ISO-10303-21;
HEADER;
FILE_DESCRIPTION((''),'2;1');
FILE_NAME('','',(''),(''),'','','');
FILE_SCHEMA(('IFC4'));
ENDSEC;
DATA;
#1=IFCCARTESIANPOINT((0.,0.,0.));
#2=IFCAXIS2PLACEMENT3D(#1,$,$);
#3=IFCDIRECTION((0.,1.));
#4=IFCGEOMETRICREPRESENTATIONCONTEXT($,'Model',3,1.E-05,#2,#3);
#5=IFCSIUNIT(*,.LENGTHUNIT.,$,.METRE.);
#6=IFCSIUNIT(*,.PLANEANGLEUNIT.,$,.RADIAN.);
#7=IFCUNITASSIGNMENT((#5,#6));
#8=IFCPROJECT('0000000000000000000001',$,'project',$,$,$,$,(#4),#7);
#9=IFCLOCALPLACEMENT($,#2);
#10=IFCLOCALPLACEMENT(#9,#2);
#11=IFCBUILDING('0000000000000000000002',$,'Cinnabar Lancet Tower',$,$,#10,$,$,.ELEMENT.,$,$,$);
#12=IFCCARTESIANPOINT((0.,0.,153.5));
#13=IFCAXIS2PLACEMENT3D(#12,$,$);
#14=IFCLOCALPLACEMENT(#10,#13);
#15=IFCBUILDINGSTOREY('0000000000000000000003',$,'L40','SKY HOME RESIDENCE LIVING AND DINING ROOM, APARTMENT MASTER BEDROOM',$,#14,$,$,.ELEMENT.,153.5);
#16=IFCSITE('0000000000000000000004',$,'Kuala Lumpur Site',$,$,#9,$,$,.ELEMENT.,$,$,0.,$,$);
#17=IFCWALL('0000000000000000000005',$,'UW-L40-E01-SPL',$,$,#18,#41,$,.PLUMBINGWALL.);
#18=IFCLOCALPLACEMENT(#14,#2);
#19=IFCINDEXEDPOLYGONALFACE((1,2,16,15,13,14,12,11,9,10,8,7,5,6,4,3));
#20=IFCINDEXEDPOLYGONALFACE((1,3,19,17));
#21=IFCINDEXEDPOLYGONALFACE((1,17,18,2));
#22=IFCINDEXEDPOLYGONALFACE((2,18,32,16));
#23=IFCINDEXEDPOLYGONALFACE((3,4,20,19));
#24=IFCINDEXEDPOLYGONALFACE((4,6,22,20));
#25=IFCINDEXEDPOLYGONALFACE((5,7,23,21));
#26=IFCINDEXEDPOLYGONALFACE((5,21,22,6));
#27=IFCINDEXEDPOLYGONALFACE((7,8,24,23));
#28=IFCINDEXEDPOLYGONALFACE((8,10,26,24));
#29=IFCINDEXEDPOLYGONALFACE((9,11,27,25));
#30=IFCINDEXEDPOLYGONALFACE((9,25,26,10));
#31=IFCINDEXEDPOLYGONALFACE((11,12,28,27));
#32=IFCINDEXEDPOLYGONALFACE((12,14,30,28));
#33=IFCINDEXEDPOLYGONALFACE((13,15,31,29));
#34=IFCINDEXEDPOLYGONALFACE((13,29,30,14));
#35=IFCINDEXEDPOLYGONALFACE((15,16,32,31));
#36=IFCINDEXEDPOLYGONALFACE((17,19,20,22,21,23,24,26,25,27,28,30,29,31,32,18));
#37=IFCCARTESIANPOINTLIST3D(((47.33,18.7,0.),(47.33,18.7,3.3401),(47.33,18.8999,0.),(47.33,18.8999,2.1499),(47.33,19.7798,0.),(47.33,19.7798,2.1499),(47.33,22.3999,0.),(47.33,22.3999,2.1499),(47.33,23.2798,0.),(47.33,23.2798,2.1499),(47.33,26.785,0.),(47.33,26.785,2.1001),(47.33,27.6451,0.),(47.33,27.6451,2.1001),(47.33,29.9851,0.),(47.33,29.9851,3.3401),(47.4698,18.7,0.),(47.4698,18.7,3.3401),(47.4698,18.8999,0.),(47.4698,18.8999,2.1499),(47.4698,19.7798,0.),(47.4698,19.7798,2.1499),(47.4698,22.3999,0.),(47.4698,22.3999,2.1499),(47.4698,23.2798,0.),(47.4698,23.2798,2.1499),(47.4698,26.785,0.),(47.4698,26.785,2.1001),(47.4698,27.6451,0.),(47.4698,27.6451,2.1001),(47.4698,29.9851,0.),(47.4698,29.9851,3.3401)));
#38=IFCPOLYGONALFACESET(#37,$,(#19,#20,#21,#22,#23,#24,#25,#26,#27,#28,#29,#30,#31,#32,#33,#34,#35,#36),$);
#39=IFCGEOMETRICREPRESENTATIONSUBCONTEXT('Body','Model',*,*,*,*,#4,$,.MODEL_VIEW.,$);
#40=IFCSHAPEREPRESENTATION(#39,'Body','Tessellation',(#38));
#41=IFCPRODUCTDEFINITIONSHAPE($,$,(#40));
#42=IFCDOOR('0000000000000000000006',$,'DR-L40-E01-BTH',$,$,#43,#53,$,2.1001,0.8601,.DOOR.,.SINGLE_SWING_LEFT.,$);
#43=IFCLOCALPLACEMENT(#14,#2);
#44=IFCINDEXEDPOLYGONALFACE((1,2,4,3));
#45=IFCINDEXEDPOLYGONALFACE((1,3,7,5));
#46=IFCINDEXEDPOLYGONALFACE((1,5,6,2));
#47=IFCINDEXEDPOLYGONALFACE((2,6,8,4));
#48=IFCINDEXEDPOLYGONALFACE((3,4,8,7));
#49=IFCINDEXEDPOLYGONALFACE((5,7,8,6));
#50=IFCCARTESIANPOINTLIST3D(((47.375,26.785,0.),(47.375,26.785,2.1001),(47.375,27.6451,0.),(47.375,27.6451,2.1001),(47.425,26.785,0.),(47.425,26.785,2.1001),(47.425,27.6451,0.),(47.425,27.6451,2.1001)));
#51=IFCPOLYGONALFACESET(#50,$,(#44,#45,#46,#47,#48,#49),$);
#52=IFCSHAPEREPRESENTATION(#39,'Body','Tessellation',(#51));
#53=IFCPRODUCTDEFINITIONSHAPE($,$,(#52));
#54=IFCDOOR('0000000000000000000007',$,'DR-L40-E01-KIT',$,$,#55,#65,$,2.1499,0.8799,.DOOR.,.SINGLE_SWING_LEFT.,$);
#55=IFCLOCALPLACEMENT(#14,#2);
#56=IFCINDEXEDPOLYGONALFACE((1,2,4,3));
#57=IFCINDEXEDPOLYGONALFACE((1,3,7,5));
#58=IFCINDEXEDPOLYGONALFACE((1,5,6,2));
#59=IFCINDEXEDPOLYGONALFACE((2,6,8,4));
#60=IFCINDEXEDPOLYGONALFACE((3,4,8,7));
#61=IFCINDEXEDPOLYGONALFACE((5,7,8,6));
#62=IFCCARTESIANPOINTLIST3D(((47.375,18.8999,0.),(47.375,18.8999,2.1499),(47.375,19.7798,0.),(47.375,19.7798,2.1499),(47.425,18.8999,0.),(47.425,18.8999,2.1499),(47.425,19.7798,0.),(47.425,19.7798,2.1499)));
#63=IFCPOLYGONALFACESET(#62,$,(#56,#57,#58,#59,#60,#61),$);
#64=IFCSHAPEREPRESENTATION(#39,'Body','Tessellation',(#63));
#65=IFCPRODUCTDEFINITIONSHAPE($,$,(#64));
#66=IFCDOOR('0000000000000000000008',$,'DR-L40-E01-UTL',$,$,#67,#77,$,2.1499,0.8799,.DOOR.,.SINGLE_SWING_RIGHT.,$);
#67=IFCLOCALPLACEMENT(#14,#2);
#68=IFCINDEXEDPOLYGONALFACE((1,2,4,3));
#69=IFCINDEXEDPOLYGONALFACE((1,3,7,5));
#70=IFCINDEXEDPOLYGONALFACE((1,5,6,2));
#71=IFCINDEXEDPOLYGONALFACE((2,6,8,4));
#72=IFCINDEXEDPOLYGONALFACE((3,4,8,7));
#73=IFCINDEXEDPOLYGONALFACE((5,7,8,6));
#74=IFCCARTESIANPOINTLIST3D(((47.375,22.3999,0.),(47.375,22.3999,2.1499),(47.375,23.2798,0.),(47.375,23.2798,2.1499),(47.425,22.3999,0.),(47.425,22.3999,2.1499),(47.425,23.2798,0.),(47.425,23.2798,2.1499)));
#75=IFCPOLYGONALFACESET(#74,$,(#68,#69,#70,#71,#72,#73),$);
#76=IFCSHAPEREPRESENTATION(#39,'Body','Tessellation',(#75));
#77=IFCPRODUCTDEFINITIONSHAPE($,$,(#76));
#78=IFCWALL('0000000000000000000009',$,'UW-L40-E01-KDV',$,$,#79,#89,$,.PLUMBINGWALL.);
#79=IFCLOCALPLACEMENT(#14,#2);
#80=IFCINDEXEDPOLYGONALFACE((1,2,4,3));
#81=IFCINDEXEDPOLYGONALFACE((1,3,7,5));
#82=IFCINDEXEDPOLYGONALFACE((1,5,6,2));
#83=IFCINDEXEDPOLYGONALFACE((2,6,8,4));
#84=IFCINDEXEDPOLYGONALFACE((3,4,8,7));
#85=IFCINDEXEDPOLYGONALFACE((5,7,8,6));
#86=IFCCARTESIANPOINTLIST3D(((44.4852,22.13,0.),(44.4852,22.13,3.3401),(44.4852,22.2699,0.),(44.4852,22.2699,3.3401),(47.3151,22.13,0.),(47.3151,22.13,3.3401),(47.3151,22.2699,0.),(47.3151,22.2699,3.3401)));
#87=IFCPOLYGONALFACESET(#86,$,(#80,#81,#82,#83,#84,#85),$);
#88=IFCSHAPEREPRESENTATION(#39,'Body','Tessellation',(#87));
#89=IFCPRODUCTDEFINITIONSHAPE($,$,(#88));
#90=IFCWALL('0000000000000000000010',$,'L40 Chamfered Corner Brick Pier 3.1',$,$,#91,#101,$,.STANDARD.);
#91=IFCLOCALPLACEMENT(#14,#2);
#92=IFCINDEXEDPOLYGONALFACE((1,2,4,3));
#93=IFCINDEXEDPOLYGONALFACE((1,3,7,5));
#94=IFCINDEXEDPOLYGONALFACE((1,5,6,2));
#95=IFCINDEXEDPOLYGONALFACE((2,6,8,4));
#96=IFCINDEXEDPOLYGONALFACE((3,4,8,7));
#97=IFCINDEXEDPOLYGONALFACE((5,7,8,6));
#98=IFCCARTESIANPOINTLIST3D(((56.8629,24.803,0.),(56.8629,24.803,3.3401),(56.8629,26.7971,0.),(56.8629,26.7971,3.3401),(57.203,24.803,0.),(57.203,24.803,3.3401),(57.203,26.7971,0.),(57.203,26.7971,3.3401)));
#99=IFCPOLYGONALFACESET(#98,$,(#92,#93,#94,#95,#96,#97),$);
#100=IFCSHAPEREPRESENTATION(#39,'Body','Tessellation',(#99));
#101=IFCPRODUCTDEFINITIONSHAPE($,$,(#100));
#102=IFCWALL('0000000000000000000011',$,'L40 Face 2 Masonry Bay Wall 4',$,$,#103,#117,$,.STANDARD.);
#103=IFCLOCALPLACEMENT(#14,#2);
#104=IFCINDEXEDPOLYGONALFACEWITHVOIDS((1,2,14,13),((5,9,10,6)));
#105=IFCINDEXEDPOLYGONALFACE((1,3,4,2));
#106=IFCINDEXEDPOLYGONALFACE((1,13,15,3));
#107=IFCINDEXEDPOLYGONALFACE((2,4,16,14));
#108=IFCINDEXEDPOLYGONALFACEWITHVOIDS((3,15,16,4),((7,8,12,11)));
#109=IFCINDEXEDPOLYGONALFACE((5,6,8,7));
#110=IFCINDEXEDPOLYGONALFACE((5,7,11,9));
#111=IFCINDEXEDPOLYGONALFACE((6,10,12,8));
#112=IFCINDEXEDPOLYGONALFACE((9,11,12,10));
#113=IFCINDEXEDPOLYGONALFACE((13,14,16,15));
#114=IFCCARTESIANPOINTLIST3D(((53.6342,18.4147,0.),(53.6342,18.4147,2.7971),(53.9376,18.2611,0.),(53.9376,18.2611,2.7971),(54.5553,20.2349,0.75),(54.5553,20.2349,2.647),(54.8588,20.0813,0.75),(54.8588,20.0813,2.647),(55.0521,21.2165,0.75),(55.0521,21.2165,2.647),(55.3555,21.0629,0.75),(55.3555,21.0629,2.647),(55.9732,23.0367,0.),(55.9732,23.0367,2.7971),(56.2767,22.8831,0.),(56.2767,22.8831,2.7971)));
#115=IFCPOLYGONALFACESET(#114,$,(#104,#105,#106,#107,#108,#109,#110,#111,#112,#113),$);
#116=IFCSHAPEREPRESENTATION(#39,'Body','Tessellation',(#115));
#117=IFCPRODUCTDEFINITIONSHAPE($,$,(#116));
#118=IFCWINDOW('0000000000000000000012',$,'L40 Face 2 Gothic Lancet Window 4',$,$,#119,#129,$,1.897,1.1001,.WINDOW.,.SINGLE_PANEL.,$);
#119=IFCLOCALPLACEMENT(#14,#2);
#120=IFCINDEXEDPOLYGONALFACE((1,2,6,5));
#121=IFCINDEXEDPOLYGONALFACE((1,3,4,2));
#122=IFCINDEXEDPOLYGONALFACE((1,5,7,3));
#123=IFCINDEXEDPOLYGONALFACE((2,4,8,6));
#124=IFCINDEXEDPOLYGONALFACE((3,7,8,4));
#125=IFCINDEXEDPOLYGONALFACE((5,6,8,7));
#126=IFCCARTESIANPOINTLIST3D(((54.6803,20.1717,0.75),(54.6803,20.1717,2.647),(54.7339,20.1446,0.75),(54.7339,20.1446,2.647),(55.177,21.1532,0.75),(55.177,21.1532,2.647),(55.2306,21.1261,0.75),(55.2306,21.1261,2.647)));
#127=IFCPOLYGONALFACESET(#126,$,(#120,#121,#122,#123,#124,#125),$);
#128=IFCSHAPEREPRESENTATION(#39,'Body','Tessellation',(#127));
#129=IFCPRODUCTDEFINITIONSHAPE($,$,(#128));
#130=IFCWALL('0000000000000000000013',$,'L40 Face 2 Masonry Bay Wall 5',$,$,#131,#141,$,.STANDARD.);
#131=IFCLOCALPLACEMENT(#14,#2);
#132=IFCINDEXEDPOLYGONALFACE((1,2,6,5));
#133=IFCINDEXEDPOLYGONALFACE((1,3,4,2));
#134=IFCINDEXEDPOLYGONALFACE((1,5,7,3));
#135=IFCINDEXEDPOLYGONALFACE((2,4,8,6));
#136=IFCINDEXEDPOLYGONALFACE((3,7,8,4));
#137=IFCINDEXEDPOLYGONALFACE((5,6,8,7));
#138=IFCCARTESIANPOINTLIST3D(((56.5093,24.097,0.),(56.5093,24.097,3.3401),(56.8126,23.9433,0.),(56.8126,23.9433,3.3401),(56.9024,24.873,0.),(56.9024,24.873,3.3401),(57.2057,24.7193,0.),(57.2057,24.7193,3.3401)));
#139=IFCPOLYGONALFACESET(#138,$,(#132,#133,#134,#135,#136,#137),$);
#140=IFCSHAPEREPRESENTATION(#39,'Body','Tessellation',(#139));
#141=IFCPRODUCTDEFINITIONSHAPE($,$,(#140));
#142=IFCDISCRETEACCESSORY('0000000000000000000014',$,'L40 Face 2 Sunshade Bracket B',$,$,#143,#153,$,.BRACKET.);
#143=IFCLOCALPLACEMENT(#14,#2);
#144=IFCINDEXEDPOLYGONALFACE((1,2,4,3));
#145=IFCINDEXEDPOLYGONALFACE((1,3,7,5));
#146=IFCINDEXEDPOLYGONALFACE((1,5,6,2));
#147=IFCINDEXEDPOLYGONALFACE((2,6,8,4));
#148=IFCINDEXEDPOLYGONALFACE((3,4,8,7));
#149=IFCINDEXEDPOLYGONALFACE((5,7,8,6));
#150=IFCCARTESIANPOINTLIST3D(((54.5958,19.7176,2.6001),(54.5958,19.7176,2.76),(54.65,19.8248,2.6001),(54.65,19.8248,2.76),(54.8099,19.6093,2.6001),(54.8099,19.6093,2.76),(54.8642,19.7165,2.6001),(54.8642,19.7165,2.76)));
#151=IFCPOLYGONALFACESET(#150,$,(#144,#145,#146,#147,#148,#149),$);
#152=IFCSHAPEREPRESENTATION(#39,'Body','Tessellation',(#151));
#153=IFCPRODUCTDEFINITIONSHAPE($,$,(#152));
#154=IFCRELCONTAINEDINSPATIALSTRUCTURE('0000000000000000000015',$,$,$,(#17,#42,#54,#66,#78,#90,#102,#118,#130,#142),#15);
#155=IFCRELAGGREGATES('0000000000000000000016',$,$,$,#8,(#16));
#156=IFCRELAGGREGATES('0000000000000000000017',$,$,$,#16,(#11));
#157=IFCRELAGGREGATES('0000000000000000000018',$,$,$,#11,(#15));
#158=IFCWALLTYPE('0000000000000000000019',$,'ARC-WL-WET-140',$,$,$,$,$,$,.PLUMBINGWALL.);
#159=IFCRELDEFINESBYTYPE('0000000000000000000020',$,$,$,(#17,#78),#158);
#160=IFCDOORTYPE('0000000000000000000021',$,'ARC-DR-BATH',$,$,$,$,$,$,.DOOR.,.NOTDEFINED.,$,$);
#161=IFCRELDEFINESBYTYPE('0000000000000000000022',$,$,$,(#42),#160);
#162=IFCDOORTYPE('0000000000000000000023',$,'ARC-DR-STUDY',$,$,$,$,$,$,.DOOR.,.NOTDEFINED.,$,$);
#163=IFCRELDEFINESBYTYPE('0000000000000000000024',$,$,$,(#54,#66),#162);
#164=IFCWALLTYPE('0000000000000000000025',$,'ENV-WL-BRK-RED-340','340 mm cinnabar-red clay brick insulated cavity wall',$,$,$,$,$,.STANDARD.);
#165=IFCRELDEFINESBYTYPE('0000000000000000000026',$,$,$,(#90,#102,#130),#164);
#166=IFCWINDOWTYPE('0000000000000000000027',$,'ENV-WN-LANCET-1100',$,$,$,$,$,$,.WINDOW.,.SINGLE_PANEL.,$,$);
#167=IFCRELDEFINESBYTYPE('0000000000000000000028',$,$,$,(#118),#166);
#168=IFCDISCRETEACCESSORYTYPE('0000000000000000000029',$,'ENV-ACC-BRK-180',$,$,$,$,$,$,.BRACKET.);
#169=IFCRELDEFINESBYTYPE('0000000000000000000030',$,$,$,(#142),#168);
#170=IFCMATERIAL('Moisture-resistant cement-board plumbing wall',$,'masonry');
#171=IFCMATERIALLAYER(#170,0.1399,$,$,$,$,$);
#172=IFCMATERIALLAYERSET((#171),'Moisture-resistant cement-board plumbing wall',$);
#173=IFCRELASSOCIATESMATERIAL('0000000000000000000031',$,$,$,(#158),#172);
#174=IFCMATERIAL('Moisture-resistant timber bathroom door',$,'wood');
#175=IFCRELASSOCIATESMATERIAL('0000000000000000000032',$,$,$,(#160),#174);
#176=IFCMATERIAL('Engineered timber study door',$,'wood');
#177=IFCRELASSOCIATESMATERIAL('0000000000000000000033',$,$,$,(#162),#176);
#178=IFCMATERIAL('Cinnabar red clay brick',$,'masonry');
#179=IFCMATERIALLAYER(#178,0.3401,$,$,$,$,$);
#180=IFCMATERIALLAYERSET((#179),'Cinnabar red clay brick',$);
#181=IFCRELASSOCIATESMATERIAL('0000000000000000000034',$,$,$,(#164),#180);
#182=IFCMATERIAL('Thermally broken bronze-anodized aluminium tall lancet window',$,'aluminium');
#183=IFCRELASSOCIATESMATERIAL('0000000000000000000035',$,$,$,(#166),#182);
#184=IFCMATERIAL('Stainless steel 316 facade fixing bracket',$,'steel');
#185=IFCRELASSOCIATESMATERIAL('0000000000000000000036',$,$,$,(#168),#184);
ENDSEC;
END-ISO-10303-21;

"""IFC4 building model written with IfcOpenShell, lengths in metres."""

from ifc_helpers import new_model, si_unit, direction, frame, frame_2d, origin, origin_2d, place, context, subcontext, project, spatial, rectangle, extrude, material, layer, layer_set, type_object, element, fill, save


model = new_model("IFC4")

# Units and contexts
model_context = context("Model", 3, precision=1e-05, world=origin(), true_north=direction((0.0, 1.0)))
body_context = subcontext(model_context, "Body", "Model", "MODEL_VIEW")
ifc_project = project(units=[si_unit("LENGTHUNIT", "METRE"), si_unit("PLANEANGLEUNIT", "RADIAN")], contexts=[model_context])

# Site, building, storey
site_placement = place(None, origin())
site = spatial("IfcSite", under=ifc_project, at=site_placement, Name="Kuala Lumpur Site", CompositionType="ELEMENT", RefElevation=0.0)
building_placement = place(site_placement, origin())
building = spatial("IfcBuilding", under=site, at=building_placement, Name="Cinnabar Lancet Tower", CompositionType="ELEMENT")
storey_placement = place(building_placement, frame((0.0, 0.0, 153.5)))
storey = spatial("IfcBuildingStorey", under=building, at=storey_placement, Name="L40", Description="SKY HOME RESIDENCE LIVING AND DINING ROOM, APARTMENT MASTER BEDROOM", CompositionType="ELEMENT", Elevation=153.5)

# Wall, openings, doors
ifc_material_1 = material(Name="Moisture-resistant cement-board plumbing wall", Category="masonry")
ifc_layer_1 = layer(ifc_material_1, 0.1399)
ifc_layer_set_1 = layer_set([ifc_layer_1], Name="Moisture-resistant cement-board plumbing wall")
wall_type_1 = type_object("IfcWallType", Name="ARC-WL-WET-140", PredefinedType="PLUMBINGWALL", material=ifc_layer_set_1)
wall_1_placement = place(storey_placement, frame((47.3999, 18.7, 0.0), z_axis=(0.0, 0.0, 1.0), x_axis=(0.0, 1.0, 0.0)))
wall_1 = element("IfcWall", 1, at=wall_1_placement, inside=storey, type_object=wall_type_1, Name="UW-L40-E01-SPL", PredefinedType="PLUMBINGWALL", context=body_context, shape_type="SweptSolid", body=[
    extrude(rectangle(XDim=11.2852, YDim=0.1399, at=frame_2d((5.6426, 0.0))), origin(), (0.0, 0.0, 1.0), 3.3401),
])
opening_1_placement = place(wall_1_placement, frame((0.2, 0.0, 0.0)))
opening_1 = element("IfcOpeningElement", 2, at=opening_1_placement, cuts=wall_1, PredefinedType="OPENING", context=body_context, shape_type="SweptSolid", body=[
    extrude(rectangle(XDim=0.8799, YDim=2.1499, at=frame_2d((0.4399, 1.075))), frame((0.0, 0.0798, 0.0), z_axis=(0.0, -1.0, 0.0), x_axis=(1.0, 0.0, 0.0)), (0.0, 0.0, 1.0), 0.1599),
])
opening_2_placement = place(wall_1_placement, frame((3.7, 0.0, 0.0)))
opening_2 = element("IfcOpeningElement", 3, at=opening_2_placement, cuts=wall_1, PredefinedType="OPENING", context=body_context, shape_type="SweptSolid", body=[
    extrude(rectangle(XDim=0.8799, YDim=2.1499, at=frame_2d((0.4399, 1.075))), frame((0.0, 0.0798, 0.0), z_axis=(0.0, -1.0, 0.0), x_axis=(1.0, 0.0, 0.0)), (0.0, 0.0, 1.0), 0.1599),
])
opening_3_placement = place(wall_1_placement, frame((8.085, 0.0, 0.0)))
opening_3 = element("IfcOpeningElement", 4, at=opening_3_placement, cuts=wall_1, PredefinedType="OPENING", context=body_context, shape_type="SweptSolid", body=[
    extrude(rectangle(XDim=0.8601, YDim=2.1001, at=frame_2d((0.4302, 1.05))), frame((0.0, 0.0798, 0.0), z_axis=(0.0, -1.0, 0.0), x_axis=(1.0, 0.0, 0.0)), (0.0, 0.0, 1.0), 0.1599),
])
ifc_material_2 = material(Name="Moisture-resistant timber bathroom door", Category="wood")
door_type_1 = type_object("IfcDoorType", Name="ARC-DR-BATH", OperationType="NOTDEFINED", PredefinedType="DOOR", material=ifc_material_2)
door_1_placement = place(opening_3_placement, origin())
door_1 = element("IfcDoor", 5, at=door_1_placement, inside=storey, type_object=door_type_1, Name="DR-L40-E01-BTH", OperationType="SINGLE_SWING_LEFT", OverallHeight=2.1001, OverallWidth=0.8601, PredefinedType="DOOR", context=body_context, shape_type="SweptSolid", body=[
    extrude(rectangle(XDim=0.8601, YDim=2.1001, at=frame_2d((0.4302, 1.05))), frame((0.0, 0.0249, 0.0), z_axis=(0.0, -1.0, 0.0), x_axis=(1.0, 0.0, 0.0)), (0.0, 0.0, 1.0), 0.05),
])
fill(opening_3, door_1)
ifc_material_3 = material(Name="Engineered timber study door", Category="wood")
door_type_2 = type_object("IfcDoorType", Name="ARC-DR-STUDY", OperationType="NOTDEFINED", PredefinedType="DOOR", material=ifc_material_3)
door_2_placement = place(opening_1_placement, origin())
door_2 = element("IfcDoor", 6, at=door_2_placement, inside=storey, type_object=door_type_2, Name="DR-L40-E01-KIT", OperationType="SINGLE_SWING_LEFT", OverallHeight=2.1499, OverallWidth=0.8799, PredefinedType="DOOR", context=body_context, shape_type="SweptSolid", body=[
    extrude(rectangle(XDim=0.8799, YDim=2.1499, at=frame_2d((0.4399, 1.075))), frame((0.0, 0.0249, 0.0), z_axis=(0.0, -1.0, 0.0), x_axis=(1.0, 0.0, 0.0)), (0.0, 0.0, 1.0), 0.05),
])
fill(opening_1, door_2)
door_3_placement = place(opening_2_placement, origin())
door_3 = element("IfcDoor", 7, at=door_3_placement, inside=storey, type_object=door_type_2, Name="DR-L40-E01-UTL", OperationType="SINGLE_SWING_RIGHT", OverallHeight=2.1499, OverallWidth=0.8799, PredefinedType="DOOR", context=body_context, shape_type="SweptSolid", body=[
    extrude(rectangle(XDim=0.8799, YDim=2.1499, at=frame_2d((0.4399, 1.075))), frame((0.0, 0.0249, 0.0), z_axis=(0.0, -1.0, 0.0), x_axis=(1.0, 0.0, 0.0)), (0.0, 0.0, 1.0), 0.05),
])
fill(opening_2, door_3)

# Walls
wall_2_placement = place(storey_placement, frame((44.4851, 22.2, 0.0), z_axis=(0.0, 0.0, 1.0), x_axis=(1.0, 0.0, 0.0)))
element("IfcWall", 8, at=wall_2_placement, inside=storey, type_object=wall_type_1, Name="UW-L40-E01-KDV", PredefinedType="PLUMBINGWALL", context=body_context, shape_type="SweptSolid", body=[
    extrude(rectangle(XDim=2.8298, YDim=0.1399, at=frame_2d((1.415, 0.0))), origin(), (0.0, 0.0, 1.0), 3.3401),
])
ifc_material_4 = material(Name="Cinnabar red clay brick", Category="masonry")
ifc_layer_2 = layer(ifc_material_4, 0.3401)
ifc_layer_set_2 = layer_set([ifc_layer_2], Name="Cinnabar red clay brick")
wall_type_2 = type_object("IfcWallType", Name="ENV-WL-BRK-RED-340", Description="340 mm cinnabar-red clay brick insulated cavity wall", PredefinedType="STANDARD", material=ifc_layer_set_2)
wall_3_placement = place(storey_placement, frame((57.033, 24.803, 0.0), z_axis=(0.0, 0.0, 1.0), x_axis=(0.0, 1.0, 0.0)))
element("IfcWall", 9, at=wall_3_placement, inside=storey, type_object=wall_type_2, Name="L40 Chamfered Corner Brick Pier 3.1", PredefinedType="STANDARD", context=body_context, shape_type="SweptSolid", body=[
    extrude(rectangle(XDim=1.9941, YDim=0.3401, at=frame_2d((0.9971, 0.0))), origin(), (0.0, 0.0, 1.0), 3.3401),
])

# Wall, opening, window
wall_4_placement = place(storey_placement, frame((53.7859, 18.3379, 0.0), z_axis=(0.0, 0.0, 1.0), x_axis=(0.451544, 0.892249, 0.0)))
wall_4 = element("IfcWall", 10, at=wall_4_placement, inside=storey, type_object=wall_type_2, Name="L40 Face 2 Masonry Bay Wall 4", PredefinedType="STANDARD", context=body_context, shape_type="SweptSolid", body=[
    extrude(rectangle(XDim=5.1802, YDim=0.3401, at=frame_2d((2.5901, 0.0))), origin(), (0.0, 0.0, 1.0), 2.7971),
])
opening_4_placement = place(wall_4_placement, frame((2.04, 0.0, 0.75)))
opening_4 = element("IfcOpeningElement", 11, at=opening_4_placement, cuts=wall_4, PredefinedType="OPENING", context=body_context, shape_type="SweptSolid", body=[
    extrude(rectangle(XDim=1.1001, YDim=1.897, at=frame_2d((0.55, 0.9485))), frame((0.0, 0.1799, 0.0), z_axis=(0.0, -1.0, 0.0), x_axis=(1.0, 0.0, 0.0)), (0.0, 0.0, 1.0), 0.3601),
])
ifc_material_5 = material(Name="Thermally broken bronze-anodized aluminium tall lancet window", Category="aluminium")
window_type = type_object("IfcWindowType", Name="ENV-WN-LANCET-1100", PartitioningType="SINGLE_PANEL", PredefinedType="WINDOW", material=ifc_material_5)
window_placement = place(opening_4_placement, origin())
window = element("IfcWindow", 12, at=window_placement, inside=storey, type_object=window_type, Name="L40 Face 2 Gothic Lancet Window 4", OverallHeight=1.897, OverallWidth=1.1001, PartitioningType="SINGLE_PANEL", PredefinedType="WINDOW", context=body_context, shape_type="SweptSolid", body=[
    extrude(rectangle(XDim=1.1001, YDim=1.897, at=frame_2d((0.55, 0.9485))), frame((0.0, 0.03, 0.0), z_axis=(0.0, -1.0, 0.0), x_axis=(1.0, 0.0, 0.0)), (0.0, 0.0, 1.0), 0.0601),
])
fill(opening_4, window)

# Wall
wall_5_placement = place(storey_placement, frame((56.6609, 24.02, 0.0), z_axis=(0.0, 0.0, 1.0), x_axis=(0.451923, 0.892057, 0.0)))
element("IfcWall", 13, at=wall_5_placement, inside=storey, type_object=wall_type_2, Name="L40 Face 2 Masonry Bay Wall 5", PredefinedType="STANDARD", context=body_context, shape_type="SweptSolid", body=[
    extrude(rectangle(XDim=0.8699, YDim=0.3401, at=frame_2d((0.4351, 0.0))), origin(), (0.0, 0.0, 1.0), 3.3401),
])

# Discrete accessory
ifc_material_6 = material(Name="Stainless steel 316 facade fixing bracket", Category="steel")
discrete_accessory_type = type_object("IfcDiscreteAccessoryType", Name="ENV-ACC-BRK-180", PredefinedType="BRACKET", material=ifc_material_6)
discrete_accessory_placement = place(storey_placement, frame((54.73, 19.717, 2.6001), z_axis=(0.0, 0.0, 1.0), x_axis=(0.451454, 0.892294, 0.0)))
element("IfcDiscreteAccessory", 14, at=discrete_accessory_placement, inside=storey, type_object=discrete_accessory_type, Name="L40 Face 2 Sunshade Bracket B", PredefinedType="BRACKET", context=body_context, shape_type="SweptSolid", body=[
    extrude(rectangle(XDim=0.1201, YDim=0.24, at=origin_2d()), origin(), (0.0, 0.0, 1.0), 0.1599),
])

save(model, "model.ifc")
